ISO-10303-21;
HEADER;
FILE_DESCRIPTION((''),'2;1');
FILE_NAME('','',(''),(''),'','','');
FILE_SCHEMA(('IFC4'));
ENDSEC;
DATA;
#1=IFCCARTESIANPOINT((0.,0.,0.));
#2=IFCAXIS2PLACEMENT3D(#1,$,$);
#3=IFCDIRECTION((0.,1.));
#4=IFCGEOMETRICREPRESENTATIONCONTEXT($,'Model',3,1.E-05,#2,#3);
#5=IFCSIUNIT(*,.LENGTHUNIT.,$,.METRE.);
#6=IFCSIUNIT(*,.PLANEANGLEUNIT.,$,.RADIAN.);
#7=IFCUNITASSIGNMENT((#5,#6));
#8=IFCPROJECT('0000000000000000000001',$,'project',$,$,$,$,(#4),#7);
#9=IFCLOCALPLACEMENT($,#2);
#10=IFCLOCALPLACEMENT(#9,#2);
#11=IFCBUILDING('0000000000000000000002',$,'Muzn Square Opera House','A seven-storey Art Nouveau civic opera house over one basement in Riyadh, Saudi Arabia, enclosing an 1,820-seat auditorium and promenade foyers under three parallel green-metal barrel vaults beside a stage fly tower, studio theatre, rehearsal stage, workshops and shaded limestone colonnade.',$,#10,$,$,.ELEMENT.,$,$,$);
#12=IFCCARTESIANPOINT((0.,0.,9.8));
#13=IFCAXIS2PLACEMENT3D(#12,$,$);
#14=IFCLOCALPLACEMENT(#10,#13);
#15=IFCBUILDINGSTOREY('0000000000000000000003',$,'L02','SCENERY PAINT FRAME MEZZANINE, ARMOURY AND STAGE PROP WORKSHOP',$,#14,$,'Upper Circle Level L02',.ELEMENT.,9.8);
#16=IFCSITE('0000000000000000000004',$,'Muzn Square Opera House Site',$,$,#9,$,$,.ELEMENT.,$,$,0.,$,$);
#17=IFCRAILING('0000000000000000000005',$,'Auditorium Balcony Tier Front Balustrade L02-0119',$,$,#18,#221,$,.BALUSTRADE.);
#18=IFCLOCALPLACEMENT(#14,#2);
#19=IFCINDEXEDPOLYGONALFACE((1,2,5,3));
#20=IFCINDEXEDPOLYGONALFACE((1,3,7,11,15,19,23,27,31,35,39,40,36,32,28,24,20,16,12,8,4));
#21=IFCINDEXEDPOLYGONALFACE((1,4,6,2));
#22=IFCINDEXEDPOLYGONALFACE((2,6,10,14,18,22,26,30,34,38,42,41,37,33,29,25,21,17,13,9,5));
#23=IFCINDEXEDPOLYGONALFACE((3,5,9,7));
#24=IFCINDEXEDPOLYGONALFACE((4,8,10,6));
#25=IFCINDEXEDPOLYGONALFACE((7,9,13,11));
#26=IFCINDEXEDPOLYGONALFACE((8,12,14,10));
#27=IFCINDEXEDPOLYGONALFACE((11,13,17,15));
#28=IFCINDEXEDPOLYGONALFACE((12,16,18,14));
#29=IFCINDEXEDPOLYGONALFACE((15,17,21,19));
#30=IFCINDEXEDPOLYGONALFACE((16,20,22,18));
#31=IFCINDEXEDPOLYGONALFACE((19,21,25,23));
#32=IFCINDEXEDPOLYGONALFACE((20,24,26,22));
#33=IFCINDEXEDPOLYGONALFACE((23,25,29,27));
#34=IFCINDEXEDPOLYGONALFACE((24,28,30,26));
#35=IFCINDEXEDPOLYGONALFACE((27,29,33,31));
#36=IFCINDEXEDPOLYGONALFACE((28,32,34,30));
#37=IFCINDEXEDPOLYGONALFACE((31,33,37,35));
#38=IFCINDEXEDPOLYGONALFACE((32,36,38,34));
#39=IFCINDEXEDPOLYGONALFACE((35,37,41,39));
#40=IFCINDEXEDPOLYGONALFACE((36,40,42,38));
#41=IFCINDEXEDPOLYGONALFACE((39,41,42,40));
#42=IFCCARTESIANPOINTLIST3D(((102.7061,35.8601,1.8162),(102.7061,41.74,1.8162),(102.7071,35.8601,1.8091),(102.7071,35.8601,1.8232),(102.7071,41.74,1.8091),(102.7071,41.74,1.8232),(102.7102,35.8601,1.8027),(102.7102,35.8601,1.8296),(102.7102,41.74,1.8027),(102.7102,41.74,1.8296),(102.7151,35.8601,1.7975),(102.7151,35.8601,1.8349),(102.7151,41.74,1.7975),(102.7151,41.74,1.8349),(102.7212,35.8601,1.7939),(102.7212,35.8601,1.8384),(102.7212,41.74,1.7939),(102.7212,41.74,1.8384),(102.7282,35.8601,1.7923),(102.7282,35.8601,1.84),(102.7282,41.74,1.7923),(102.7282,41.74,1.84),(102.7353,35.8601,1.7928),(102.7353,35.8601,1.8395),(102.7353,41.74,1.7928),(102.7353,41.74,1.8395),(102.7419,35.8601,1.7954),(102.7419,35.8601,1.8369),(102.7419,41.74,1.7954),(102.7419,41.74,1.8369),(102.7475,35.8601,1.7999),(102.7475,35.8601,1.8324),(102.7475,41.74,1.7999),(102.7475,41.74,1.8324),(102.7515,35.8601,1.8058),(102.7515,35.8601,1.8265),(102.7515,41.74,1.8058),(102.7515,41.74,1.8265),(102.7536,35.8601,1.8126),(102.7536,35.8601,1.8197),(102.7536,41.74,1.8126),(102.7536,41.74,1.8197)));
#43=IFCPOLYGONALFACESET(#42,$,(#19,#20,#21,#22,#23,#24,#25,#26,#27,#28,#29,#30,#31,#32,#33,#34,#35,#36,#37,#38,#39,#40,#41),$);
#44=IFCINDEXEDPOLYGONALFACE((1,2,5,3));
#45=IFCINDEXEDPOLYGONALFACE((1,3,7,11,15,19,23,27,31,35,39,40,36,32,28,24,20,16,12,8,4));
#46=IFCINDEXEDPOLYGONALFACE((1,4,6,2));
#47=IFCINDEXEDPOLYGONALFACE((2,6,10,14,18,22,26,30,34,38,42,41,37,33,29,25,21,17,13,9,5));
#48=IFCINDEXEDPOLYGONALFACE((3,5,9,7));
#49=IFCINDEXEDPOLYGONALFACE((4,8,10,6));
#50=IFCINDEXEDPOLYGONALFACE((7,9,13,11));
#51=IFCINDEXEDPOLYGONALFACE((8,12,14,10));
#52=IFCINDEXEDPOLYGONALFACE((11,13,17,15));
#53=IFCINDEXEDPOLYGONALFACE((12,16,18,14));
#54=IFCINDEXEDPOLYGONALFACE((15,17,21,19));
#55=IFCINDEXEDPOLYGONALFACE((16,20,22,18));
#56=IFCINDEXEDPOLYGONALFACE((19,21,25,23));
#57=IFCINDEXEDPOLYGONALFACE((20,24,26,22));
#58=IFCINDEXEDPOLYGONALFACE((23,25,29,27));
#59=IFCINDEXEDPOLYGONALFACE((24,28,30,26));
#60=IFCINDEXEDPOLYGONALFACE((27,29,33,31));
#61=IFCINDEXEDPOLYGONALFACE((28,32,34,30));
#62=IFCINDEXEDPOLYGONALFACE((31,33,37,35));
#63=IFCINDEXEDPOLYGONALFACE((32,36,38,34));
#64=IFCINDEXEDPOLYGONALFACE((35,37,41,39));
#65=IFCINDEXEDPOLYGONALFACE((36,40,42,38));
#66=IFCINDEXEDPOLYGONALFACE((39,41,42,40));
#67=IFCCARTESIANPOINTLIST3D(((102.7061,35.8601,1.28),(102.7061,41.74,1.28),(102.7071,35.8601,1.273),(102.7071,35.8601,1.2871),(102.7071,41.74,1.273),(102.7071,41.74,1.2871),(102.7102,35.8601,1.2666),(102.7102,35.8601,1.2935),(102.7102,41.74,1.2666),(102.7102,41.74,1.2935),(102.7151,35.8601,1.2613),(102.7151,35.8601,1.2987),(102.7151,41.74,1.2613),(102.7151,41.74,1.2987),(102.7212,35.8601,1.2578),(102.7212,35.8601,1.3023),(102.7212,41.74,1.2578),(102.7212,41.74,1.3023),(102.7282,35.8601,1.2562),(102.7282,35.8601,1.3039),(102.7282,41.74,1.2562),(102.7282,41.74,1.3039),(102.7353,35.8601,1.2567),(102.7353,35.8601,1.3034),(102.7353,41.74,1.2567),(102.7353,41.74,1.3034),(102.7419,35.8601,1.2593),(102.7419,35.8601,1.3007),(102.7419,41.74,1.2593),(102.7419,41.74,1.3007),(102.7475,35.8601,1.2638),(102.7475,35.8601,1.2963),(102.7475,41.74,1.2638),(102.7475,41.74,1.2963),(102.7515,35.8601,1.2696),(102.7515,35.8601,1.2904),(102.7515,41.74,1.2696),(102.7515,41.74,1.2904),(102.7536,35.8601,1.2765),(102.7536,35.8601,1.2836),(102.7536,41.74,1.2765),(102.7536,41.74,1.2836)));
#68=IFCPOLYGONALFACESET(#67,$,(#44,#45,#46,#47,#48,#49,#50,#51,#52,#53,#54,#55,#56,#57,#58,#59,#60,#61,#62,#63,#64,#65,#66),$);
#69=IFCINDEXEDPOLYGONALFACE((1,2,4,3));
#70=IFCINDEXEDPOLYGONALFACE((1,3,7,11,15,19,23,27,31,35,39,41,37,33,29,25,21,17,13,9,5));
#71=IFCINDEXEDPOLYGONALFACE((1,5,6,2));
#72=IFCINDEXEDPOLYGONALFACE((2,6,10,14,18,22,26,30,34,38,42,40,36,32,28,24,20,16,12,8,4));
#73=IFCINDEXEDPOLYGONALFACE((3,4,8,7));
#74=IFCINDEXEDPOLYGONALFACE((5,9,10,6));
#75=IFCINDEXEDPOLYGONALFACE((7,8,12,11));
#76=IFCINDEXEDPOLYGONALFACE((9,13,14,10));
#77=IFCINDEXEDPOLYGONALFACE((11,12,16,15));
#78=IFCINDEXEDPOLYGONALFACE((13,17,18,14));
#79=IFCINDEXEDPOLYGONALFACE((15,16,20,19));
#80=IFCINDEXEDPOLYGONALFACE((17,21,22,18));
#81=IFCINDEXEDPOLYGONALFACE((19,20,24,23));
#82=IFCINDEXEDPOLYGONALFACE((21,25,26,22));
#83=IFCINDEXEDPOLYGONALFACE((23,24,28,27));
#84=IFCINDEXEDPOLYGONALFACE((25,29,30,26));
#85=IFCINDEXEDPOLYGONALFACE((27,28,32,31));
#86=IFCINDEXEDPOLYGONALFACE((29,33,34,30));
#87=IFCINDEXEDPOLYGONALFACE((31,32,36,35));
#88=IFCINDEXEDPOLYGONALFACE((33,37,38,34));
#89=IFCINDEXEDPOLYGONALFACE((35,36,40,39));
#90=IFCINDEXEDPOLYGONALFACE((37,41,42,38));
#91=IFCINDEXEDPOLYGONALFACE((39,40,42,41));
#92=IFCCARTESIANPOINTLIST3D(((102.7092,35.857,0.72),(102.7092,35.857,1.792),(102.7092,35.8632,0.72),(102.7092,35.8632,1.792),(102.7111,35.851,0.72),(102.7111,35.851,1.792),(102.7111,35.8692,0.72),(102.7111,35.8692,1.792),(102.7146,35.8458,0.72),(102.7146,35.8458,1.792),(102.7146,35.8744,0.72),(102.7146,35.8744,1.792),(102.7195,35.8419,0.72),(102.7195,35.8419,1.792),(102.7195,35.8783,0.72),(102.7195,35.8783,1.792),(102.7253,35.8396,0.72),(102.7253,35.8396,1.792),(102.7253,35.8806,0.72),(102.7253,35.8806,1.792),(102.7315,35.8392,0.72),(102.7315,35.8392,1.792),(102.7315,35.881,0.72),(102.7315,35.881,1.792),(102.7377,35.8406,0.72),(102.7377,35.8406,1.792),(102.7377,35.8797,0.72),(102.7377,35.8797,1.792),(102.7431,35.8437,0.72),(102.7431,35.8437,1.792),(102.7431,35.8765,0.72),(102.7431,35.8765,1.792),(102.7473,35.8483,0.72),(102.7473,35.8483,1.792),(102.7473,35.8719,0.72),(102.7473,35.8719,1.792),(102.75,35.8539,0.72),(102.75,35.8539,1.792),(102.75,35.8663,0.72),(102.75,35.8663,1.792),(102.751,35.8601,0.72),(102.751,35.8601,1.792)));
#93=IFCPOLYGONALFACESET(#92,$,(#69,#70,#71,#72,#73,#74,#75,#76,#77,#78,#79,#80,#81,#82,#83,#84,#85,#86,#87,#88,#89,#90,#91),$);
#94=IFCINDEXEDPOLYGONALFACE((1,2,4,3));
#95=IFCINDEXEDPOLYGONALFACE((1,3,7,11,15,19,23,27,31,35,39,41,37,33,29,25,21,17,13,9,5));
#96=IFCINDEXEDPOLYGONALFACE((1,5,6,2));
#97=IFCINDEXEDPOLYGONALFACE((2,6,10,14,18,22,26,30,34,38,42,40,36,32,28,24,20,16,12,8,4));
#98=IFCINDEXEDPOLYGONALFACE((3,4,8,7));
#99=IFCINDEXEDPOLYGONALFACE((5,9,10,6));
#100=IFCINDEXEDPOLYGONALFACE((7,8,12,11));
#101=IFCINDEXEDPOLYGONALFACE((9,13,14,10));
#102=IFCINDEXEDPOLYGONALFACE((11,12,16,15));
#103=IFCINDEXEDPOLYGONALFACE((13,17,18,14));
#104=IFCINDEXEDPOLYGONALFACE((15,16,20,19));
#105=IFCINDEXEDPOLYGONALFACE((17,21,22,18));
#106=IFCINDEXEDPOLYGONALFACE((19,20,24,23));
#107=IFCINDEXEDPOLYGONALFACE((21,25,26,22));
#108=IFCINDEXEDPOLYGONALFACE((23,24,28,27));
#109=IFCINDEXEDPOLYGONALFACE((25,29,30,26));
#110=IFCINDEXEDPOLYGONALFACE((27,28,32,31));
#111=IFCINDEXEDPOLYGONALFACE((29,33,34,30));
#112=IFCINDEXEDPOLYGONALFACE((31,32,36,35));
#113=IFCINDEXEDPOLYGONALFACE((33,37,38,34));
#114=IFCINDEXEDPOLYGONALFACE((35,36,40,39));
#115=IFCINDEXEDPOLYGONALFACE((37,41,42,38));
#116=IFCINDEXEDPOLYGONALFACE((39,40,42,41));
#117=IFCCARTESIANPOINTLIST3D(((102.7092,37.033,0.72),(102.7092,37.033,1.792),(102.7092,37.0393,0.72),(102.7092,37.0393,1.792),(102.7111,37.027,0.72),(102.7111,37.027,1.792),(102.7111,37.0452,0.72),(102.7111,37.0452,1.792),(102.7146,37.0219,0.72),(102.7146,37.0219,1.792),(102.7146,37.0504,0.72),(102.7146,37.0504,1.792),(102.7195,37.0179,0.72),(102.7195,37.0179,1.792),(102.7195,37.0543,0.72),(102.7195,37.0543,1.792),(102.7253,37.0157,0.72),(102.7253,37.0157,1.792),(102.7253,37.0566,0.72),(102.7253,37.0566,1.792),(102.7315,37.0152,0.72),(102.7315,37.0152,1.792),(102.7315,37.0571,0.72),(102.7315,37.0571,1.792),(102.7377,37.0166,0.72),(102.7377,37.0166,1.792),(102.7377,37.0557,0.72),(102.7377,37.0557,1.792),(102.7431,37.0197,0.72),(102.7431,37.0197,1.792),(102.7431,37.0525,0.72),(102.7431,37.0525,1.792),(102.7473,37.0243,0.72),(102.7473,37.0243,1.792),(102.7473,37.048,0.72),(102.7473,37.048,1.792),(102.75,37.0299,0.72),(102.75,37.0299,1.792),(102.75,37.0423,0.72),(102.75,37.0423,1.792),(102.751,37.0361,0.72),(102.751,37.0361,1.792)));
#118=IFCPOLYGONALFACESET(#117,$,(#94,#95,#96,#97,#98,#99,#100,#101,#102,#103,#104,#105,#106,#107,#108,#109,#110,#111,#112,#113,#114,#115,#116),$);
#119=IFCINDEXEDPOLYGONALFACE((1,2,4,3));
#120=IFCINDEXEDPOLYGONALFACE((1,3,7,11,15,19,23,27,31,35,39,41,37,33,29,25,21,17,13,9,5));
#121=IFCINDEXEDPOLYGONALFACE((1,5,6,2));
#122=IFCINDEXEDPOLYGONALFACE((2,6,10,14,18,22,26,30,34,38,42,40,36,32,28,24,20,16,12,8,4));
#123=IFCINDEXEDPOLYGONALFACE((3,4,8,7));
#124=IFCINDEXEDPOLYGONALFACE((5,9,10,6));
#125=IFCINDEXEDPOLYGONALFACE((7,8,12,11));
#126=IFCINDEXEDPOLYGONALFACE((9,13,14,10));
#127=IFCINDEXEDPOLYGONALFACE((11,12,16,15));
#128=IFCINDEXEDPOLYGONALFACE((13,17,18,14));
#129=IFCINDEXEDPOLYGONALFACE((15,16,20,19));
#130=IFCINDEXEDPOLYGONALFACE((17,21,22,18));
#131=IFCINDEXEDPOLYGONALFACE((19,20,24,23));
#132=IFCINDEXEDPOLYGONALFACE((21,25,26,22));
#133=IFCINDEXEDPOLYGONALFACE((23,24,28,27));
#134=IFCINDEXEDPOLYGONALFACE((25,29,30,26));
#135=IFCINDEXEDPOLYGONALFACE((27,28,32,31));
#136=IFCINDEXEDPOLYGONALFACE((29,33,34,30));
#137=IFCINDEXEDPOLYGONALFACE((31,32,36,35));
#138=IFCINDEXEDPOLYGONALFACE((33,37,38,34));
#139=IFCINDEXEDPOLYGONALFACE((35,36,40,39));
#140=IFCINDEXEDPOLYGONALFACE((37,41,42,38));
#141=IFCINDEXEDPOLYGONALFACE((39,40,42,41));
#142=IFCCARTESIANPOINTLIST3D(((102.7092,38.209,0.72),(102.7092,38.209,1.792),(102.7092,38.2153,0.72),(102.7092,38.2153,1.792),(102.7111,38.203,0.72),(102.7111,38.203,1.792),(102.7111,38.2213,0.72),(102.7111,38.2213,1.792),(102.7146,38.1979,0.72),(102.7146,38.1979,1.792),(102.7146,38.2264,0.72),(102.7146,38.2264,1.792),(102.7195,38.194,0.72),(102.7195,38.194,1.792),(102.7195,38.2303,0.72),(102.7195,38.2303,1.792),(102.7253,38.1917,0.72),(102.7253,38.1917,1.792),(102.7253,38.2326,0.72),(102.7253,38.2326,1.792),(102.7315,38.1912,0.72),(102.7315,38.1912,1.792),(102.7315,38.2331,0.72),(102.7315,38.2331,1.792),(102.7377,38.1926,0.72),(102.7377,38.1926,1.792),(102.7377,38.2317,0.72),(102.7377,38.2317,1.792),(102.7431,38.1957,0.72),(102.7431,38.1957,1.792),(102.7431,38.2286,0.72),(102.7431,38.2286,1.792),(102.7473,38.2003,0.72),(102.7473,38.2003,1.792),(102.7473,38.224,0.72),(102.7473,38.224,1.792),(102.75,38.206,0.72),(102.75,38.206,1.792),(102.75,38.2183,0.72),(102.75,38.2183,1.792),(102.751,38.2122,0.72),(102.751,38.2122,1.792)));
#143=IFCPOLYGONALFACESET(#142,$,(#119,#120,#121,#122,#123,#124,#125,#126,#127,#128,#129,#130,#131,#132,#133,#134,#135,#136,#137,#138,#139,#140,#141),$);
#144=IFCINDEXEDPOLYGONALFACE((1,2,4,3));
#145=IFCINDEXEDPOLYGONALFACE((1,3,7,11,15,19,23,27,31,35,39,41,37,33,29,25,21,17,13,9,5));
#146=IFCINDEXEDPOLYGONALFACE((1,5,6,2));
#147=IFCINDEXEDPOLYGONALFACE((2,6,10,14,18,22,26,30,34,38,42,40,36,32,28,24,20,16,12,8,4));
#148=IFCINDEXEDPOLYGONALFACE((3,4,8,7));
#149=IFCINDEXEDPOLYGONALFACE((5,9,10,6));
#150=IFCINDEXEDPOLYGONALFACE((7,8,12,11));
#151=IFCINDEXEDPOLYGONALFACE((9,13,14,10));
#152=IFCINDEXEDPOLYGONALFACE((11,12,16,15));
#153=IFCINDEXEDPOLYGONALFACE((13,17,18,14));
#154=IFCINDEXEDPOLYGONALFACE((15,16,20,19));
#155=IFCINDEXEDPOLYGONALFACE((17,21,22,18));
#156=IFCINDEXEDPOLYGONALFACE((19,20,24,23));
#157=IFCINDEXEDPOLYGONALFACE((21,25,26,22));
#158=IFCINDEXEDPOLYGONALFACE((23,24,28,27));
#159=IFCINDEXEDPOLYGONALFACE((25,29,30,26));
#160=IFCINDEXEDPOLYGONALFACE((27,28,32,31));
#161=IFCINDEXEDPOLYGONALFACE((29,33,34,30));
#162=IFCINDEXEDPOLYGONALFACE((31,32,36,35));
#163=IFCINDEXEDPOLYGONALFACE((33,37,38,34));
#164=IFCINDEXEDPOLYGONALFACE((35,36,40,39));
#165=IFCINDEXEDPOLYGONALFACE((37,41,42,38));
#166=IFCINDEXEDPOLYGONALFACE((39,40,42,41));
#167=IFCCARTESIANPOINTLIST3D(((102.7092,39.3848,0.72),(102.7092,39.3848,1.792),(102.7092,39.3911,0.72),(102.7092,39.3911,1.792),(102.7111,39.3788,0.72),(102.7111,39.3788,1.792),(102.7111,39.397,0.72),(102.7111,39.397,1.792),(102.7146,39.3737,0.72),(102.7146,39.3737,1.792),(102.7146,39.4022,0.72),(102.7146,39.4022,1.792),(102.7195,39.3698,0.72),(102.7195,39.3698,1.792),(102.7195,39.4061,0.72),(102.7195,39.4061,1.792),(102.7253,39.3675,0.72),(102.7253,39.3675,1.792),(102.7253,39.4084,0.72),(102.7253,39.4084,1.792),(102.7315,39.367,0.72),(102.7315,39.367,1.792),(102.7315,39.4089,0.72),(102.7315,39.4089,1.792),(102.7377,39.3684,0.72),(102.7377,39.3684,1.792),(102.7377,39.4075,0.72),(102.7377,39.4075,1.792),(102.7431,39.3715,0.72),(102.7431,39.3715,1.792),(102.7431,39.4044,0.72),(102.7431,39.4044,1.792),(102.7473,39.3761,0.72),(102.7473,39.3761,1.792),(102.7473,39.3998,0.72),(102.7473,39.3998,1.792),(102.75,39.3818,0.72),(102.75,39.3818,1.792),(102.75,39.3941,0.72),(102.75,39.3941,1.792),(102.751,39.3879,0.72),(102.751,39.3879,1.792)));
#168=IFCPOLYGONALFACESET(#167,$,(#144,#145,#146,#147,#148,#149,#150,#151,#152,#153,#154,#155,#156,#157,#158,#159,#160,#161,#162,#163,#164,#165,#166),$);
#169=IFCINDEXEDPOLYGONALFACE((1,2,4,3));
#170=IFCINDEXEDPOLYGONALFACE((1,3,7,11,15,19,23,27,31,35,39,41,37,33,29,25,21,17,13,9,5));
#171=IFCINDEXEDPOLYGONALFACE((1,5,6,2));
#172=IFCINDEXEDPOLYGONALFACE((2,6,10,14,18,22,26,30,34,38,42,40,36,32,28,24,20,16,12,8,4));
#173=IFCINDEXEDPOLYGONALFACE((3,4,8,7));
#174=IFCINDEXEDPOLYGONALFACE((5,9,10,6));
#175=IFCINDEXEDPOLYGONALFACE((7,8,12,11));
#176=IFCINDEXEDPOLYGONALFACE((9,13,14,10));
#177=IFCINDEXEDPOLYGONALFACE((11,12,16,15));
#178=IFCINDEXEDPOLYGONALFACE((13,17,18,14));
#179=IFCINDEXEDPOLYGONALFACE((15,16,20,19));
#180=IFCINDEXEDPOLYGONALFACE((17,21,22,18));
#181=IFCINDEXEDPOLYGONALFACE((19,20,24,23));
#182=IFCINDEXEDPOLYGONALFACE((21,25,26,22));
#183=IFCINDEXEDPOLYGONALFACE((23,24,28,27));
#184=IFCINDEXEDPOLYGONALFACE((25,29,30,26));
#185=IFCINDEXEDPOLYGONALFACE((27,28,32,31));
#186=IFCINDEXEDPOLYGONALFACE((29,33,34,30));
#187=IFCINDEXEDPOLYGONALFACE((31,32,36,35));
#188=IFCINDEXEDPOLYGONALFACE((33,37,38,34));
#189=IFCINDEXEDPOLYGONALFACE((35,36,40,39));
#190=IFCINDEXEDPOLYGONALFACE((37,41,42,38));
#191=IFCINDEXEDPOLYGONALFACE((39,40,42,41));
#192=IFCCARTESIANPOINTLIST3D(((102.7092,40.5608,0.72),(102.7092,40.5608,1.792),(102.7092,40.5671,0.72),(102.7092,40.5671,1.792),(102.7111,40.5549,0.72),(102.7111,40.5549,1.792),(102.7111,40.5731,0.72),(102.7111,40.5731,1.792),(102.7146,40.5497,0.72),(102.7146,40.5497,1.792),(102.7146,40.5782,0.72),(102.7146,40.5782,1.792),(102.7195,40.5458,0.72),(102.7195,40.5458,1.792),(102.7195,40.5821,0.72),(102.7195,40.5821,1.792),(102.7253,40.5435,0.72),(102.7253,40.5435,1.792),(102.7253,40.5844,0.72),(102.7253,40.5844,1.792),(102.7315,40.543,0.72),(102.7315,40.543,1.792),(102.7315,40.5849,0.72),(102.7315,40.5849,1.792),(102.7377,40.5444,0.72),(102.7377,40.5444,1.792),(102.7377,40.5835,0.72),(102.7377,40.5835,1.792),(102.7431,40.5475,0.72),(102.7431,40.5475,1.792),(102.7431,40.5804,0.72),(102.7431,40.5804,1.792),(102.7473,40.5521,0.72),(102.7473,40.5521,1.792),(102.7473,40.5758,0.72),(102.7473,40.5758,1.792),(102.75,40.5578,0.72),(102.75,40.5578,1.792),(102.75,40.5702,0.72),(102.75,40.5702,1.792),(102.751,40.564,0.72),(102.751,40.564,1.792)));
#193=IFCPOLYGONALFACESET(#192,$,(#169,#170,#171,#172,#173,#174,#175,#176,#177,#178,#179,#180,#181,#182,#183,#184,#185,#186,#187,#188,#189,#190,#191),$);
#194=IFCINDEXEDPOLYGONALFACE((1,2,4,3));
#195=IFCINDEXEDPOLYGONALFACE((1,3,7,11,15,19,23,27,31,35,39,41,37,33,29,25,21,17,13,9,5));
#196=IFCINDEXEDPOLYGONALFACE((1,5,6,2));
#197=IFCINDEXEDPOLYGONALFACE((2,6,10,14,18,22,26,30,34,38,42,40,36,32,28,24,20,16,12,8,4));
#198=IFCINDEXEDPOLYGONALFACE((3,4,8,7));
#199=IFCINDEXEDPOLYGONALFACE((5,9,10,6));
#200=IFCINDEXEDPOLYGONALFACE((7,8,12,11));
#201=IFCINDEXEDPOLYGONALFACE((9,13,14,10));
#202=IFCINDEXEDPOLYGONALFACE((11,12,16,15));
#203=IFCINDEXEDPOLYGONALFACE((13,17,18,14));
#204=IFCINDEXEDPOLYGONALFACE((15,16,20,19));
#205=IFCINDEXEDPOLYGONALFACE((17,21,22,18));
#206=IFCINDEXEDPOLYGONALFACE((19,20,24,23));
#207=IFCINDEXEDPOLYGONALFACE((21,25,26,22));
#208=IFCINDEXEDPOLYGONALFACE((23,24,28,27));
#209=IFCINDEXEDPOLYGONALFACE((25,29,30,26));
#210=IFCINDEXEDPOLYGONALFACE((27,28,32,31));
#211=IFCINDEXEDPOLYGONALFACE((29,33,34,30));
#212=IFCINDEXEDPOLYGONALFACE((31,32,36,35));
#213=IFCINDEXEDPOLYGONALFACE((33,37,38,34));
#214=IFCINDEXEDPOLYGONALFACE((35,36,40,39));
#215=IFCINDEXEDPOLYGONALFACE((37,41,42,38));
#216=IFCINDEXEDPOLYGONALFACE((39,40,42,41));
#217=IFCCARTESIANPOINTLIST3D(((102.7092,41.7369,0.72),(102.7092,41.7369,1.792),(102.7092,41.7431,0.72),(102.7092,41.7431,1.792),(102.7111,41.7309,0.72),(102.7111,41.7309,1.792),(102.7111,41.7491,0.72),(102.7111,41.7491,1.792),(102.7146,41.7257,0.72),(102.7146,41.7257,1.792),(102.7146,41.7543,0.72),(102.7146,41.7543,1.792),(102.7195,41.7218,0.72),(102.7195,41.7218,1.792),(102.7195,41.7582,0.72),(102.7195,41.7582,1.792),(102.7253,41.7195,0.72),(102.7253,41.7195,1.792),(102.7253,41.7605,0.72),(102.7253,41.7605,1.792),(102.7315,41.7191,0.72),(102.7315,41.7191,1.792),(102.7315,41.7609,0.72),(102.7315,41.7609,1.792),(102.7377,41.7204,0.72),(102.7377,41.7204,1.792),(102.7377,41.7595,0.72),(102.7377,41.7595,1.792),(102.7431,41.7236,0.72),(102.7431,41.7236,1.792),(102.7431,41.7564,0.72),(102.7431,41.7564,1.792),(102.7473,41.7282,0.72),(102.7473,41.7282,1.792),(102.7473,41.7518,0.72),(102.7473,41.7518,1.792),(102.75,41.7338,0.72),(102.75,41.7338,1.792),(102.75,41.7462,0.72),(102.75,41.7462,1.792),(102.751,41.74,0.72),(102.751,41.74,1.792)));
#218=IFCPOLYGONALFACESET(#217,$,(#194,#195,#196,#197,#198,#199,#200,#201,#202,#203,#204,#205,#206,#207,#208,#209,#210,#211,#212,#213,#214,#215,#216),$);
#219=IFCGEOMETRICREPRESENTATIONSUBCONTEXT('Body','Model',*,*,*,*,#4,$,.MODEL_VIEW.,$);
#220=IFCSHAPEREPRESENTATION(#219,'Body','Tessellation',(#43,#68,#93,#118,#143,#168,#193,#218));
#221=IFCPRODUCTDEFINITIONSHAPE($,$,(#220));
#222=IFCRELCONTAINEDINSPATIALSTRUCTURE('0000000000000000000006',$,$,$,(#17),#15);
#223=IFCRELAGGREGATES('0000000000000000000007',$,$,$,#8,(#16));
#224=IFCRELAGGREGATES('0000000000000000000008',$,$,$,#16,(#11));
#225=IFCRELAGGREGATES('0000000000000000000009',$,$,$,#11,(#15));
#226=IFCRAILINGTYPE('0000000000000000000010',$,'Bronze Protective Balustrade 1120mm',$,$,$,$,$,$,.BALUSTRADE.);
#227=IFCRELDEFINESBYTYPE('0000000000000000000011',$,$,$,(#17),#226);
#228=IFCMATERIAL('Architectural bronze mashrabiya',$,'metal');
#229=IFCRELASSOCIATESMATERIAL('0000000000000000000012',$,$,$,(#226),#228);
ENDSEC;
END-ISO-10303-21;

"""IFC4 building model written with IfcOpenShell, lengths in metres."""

from ifc_helpers import new_model, si_unit, direction, frame, origin, origin_2d, place, context, subcontext, project, spatial, circle, extrude, material, type_object, element, save


model = new_model("IFC4")

# Units and contexts
model_context = context("Model", 3, precision=1e-05, world=origin(), true_north=direction((0.0, 1.0)))
body_context = subcontext(model_context, "Body", "Model", "MODEL_VIEW")
ifc_project = project(units=[si_unit("LENGTHUNIT", "METRE"), si_unit("PLANEANGLEUNIT", "RADIAN")], contexts=[model_context])

# Site, building, storey
site_placement = place(None, origin())
site = spatial("IfcSite", under=ifc_project, at=site_placement, Name="Muzn Square Opera House Site", CompositionType="ELEMENT", RefElevation=0.0)
building_placement = place(site_placement, origin())
building = spatial("IfcBuilding", under=site, at=building_placement, Name="Muzn Square Opera House", Description="A seven-storey Art Nouveau civic opera house over one basement in Riyadh, Saudi Arabia, enclosing an 1,820-seat auditorium and promenade foyers under three parallel green-metal barrel vaults beside a stage fly tower, studio theatre, rehearsal stage, workshops and shaded limestone colonnade.", CompositionType="ELEMENT")
storey_placement = place(building_placement, frame((0.0, 0.0, 9.8)))
storey = spatial("IfcBuildingStorey", under=building, at=storey_placement, Name="L02", Description="SCENERY PAINT FRAME MEZZANINE, ARMOURY AND STAGE PROP WORKSHOP", LongName="Upper Circle Level L02", CompositionType="ELEMENT", Elevation=9.8)

# Railing
ifc_material_1 = material(Name="Architectural bronze mashrabiya", Category="metal")
railing_type = type_object("IfcRailingType", Name="Bronze Protective Balustrade 1120mm", PredefinedType="BALUSTRADE", material=ifc_material_1)
railing_1_placement = place(storey_placement, frame((102.73, 35.8601, 0.72)))
element("IfcRailing", 1, at=railing_1_placement, inside=storey, type_object=railing_type, Name="Auditorium Balcony Tier Front Balustrade L02-0119", PredefinedType="BALUSTRADE", context=body_context, shape_type="SweptSolid", body=[
    extrude(circle(Radius=0.0239, at=origin_2d()), frame((0.0, 0.0, 1.0962), z_axis=(0.0, 1.0, 0.0), x_axis=(-1.0, 0.0, 0.0)), (0.0, 0.0, 1.0), 5.8799),
    extrude(circle(Radius=0.0239, at=origin_2d()), frame((0.0, 0.0, 0.5601), z_axis=(0.0, 1.0, 0.0), x_axis=(-1.0, 0.0, 0.0)), (0.0, 0.0, 1.0), 5.8799),
    extrude(circle(Radius=0.021, at=origin_2d()), origin(), (0.0, 0.0, 1.0), 1.072),
    extrude(circle(Radius=0.021, at=origin_2d()), frame((0.0, 1.176, 0.0)), (0.0, 0.0, 1.0), 1.072),
    extrude(circle(Radius=0.021, at=origin_2d()), frame((0.0, 2.3521, 0.0)), (0.0, 0.0, 1.0), 1.072),
    extrude(circle(Radius=0.021, at=origin_2d()), frame((0.0, 3.5278, 0.0)), (0.0, 0.0, 1.0), 1.072),
    extrude(circle(Radius=0.021, at=origin_2d()), frame((0.0, 4.7039, 0.0)), (0.0, 0.0, 1.0), 1.072),
    extrude(circle(Radius=0.021, at=origin_2d()), frame((0.0, 5.8799, 0.0)), (0.0, 0.0, 1.0), 1.072),
])

save(model, "model.ifc")
